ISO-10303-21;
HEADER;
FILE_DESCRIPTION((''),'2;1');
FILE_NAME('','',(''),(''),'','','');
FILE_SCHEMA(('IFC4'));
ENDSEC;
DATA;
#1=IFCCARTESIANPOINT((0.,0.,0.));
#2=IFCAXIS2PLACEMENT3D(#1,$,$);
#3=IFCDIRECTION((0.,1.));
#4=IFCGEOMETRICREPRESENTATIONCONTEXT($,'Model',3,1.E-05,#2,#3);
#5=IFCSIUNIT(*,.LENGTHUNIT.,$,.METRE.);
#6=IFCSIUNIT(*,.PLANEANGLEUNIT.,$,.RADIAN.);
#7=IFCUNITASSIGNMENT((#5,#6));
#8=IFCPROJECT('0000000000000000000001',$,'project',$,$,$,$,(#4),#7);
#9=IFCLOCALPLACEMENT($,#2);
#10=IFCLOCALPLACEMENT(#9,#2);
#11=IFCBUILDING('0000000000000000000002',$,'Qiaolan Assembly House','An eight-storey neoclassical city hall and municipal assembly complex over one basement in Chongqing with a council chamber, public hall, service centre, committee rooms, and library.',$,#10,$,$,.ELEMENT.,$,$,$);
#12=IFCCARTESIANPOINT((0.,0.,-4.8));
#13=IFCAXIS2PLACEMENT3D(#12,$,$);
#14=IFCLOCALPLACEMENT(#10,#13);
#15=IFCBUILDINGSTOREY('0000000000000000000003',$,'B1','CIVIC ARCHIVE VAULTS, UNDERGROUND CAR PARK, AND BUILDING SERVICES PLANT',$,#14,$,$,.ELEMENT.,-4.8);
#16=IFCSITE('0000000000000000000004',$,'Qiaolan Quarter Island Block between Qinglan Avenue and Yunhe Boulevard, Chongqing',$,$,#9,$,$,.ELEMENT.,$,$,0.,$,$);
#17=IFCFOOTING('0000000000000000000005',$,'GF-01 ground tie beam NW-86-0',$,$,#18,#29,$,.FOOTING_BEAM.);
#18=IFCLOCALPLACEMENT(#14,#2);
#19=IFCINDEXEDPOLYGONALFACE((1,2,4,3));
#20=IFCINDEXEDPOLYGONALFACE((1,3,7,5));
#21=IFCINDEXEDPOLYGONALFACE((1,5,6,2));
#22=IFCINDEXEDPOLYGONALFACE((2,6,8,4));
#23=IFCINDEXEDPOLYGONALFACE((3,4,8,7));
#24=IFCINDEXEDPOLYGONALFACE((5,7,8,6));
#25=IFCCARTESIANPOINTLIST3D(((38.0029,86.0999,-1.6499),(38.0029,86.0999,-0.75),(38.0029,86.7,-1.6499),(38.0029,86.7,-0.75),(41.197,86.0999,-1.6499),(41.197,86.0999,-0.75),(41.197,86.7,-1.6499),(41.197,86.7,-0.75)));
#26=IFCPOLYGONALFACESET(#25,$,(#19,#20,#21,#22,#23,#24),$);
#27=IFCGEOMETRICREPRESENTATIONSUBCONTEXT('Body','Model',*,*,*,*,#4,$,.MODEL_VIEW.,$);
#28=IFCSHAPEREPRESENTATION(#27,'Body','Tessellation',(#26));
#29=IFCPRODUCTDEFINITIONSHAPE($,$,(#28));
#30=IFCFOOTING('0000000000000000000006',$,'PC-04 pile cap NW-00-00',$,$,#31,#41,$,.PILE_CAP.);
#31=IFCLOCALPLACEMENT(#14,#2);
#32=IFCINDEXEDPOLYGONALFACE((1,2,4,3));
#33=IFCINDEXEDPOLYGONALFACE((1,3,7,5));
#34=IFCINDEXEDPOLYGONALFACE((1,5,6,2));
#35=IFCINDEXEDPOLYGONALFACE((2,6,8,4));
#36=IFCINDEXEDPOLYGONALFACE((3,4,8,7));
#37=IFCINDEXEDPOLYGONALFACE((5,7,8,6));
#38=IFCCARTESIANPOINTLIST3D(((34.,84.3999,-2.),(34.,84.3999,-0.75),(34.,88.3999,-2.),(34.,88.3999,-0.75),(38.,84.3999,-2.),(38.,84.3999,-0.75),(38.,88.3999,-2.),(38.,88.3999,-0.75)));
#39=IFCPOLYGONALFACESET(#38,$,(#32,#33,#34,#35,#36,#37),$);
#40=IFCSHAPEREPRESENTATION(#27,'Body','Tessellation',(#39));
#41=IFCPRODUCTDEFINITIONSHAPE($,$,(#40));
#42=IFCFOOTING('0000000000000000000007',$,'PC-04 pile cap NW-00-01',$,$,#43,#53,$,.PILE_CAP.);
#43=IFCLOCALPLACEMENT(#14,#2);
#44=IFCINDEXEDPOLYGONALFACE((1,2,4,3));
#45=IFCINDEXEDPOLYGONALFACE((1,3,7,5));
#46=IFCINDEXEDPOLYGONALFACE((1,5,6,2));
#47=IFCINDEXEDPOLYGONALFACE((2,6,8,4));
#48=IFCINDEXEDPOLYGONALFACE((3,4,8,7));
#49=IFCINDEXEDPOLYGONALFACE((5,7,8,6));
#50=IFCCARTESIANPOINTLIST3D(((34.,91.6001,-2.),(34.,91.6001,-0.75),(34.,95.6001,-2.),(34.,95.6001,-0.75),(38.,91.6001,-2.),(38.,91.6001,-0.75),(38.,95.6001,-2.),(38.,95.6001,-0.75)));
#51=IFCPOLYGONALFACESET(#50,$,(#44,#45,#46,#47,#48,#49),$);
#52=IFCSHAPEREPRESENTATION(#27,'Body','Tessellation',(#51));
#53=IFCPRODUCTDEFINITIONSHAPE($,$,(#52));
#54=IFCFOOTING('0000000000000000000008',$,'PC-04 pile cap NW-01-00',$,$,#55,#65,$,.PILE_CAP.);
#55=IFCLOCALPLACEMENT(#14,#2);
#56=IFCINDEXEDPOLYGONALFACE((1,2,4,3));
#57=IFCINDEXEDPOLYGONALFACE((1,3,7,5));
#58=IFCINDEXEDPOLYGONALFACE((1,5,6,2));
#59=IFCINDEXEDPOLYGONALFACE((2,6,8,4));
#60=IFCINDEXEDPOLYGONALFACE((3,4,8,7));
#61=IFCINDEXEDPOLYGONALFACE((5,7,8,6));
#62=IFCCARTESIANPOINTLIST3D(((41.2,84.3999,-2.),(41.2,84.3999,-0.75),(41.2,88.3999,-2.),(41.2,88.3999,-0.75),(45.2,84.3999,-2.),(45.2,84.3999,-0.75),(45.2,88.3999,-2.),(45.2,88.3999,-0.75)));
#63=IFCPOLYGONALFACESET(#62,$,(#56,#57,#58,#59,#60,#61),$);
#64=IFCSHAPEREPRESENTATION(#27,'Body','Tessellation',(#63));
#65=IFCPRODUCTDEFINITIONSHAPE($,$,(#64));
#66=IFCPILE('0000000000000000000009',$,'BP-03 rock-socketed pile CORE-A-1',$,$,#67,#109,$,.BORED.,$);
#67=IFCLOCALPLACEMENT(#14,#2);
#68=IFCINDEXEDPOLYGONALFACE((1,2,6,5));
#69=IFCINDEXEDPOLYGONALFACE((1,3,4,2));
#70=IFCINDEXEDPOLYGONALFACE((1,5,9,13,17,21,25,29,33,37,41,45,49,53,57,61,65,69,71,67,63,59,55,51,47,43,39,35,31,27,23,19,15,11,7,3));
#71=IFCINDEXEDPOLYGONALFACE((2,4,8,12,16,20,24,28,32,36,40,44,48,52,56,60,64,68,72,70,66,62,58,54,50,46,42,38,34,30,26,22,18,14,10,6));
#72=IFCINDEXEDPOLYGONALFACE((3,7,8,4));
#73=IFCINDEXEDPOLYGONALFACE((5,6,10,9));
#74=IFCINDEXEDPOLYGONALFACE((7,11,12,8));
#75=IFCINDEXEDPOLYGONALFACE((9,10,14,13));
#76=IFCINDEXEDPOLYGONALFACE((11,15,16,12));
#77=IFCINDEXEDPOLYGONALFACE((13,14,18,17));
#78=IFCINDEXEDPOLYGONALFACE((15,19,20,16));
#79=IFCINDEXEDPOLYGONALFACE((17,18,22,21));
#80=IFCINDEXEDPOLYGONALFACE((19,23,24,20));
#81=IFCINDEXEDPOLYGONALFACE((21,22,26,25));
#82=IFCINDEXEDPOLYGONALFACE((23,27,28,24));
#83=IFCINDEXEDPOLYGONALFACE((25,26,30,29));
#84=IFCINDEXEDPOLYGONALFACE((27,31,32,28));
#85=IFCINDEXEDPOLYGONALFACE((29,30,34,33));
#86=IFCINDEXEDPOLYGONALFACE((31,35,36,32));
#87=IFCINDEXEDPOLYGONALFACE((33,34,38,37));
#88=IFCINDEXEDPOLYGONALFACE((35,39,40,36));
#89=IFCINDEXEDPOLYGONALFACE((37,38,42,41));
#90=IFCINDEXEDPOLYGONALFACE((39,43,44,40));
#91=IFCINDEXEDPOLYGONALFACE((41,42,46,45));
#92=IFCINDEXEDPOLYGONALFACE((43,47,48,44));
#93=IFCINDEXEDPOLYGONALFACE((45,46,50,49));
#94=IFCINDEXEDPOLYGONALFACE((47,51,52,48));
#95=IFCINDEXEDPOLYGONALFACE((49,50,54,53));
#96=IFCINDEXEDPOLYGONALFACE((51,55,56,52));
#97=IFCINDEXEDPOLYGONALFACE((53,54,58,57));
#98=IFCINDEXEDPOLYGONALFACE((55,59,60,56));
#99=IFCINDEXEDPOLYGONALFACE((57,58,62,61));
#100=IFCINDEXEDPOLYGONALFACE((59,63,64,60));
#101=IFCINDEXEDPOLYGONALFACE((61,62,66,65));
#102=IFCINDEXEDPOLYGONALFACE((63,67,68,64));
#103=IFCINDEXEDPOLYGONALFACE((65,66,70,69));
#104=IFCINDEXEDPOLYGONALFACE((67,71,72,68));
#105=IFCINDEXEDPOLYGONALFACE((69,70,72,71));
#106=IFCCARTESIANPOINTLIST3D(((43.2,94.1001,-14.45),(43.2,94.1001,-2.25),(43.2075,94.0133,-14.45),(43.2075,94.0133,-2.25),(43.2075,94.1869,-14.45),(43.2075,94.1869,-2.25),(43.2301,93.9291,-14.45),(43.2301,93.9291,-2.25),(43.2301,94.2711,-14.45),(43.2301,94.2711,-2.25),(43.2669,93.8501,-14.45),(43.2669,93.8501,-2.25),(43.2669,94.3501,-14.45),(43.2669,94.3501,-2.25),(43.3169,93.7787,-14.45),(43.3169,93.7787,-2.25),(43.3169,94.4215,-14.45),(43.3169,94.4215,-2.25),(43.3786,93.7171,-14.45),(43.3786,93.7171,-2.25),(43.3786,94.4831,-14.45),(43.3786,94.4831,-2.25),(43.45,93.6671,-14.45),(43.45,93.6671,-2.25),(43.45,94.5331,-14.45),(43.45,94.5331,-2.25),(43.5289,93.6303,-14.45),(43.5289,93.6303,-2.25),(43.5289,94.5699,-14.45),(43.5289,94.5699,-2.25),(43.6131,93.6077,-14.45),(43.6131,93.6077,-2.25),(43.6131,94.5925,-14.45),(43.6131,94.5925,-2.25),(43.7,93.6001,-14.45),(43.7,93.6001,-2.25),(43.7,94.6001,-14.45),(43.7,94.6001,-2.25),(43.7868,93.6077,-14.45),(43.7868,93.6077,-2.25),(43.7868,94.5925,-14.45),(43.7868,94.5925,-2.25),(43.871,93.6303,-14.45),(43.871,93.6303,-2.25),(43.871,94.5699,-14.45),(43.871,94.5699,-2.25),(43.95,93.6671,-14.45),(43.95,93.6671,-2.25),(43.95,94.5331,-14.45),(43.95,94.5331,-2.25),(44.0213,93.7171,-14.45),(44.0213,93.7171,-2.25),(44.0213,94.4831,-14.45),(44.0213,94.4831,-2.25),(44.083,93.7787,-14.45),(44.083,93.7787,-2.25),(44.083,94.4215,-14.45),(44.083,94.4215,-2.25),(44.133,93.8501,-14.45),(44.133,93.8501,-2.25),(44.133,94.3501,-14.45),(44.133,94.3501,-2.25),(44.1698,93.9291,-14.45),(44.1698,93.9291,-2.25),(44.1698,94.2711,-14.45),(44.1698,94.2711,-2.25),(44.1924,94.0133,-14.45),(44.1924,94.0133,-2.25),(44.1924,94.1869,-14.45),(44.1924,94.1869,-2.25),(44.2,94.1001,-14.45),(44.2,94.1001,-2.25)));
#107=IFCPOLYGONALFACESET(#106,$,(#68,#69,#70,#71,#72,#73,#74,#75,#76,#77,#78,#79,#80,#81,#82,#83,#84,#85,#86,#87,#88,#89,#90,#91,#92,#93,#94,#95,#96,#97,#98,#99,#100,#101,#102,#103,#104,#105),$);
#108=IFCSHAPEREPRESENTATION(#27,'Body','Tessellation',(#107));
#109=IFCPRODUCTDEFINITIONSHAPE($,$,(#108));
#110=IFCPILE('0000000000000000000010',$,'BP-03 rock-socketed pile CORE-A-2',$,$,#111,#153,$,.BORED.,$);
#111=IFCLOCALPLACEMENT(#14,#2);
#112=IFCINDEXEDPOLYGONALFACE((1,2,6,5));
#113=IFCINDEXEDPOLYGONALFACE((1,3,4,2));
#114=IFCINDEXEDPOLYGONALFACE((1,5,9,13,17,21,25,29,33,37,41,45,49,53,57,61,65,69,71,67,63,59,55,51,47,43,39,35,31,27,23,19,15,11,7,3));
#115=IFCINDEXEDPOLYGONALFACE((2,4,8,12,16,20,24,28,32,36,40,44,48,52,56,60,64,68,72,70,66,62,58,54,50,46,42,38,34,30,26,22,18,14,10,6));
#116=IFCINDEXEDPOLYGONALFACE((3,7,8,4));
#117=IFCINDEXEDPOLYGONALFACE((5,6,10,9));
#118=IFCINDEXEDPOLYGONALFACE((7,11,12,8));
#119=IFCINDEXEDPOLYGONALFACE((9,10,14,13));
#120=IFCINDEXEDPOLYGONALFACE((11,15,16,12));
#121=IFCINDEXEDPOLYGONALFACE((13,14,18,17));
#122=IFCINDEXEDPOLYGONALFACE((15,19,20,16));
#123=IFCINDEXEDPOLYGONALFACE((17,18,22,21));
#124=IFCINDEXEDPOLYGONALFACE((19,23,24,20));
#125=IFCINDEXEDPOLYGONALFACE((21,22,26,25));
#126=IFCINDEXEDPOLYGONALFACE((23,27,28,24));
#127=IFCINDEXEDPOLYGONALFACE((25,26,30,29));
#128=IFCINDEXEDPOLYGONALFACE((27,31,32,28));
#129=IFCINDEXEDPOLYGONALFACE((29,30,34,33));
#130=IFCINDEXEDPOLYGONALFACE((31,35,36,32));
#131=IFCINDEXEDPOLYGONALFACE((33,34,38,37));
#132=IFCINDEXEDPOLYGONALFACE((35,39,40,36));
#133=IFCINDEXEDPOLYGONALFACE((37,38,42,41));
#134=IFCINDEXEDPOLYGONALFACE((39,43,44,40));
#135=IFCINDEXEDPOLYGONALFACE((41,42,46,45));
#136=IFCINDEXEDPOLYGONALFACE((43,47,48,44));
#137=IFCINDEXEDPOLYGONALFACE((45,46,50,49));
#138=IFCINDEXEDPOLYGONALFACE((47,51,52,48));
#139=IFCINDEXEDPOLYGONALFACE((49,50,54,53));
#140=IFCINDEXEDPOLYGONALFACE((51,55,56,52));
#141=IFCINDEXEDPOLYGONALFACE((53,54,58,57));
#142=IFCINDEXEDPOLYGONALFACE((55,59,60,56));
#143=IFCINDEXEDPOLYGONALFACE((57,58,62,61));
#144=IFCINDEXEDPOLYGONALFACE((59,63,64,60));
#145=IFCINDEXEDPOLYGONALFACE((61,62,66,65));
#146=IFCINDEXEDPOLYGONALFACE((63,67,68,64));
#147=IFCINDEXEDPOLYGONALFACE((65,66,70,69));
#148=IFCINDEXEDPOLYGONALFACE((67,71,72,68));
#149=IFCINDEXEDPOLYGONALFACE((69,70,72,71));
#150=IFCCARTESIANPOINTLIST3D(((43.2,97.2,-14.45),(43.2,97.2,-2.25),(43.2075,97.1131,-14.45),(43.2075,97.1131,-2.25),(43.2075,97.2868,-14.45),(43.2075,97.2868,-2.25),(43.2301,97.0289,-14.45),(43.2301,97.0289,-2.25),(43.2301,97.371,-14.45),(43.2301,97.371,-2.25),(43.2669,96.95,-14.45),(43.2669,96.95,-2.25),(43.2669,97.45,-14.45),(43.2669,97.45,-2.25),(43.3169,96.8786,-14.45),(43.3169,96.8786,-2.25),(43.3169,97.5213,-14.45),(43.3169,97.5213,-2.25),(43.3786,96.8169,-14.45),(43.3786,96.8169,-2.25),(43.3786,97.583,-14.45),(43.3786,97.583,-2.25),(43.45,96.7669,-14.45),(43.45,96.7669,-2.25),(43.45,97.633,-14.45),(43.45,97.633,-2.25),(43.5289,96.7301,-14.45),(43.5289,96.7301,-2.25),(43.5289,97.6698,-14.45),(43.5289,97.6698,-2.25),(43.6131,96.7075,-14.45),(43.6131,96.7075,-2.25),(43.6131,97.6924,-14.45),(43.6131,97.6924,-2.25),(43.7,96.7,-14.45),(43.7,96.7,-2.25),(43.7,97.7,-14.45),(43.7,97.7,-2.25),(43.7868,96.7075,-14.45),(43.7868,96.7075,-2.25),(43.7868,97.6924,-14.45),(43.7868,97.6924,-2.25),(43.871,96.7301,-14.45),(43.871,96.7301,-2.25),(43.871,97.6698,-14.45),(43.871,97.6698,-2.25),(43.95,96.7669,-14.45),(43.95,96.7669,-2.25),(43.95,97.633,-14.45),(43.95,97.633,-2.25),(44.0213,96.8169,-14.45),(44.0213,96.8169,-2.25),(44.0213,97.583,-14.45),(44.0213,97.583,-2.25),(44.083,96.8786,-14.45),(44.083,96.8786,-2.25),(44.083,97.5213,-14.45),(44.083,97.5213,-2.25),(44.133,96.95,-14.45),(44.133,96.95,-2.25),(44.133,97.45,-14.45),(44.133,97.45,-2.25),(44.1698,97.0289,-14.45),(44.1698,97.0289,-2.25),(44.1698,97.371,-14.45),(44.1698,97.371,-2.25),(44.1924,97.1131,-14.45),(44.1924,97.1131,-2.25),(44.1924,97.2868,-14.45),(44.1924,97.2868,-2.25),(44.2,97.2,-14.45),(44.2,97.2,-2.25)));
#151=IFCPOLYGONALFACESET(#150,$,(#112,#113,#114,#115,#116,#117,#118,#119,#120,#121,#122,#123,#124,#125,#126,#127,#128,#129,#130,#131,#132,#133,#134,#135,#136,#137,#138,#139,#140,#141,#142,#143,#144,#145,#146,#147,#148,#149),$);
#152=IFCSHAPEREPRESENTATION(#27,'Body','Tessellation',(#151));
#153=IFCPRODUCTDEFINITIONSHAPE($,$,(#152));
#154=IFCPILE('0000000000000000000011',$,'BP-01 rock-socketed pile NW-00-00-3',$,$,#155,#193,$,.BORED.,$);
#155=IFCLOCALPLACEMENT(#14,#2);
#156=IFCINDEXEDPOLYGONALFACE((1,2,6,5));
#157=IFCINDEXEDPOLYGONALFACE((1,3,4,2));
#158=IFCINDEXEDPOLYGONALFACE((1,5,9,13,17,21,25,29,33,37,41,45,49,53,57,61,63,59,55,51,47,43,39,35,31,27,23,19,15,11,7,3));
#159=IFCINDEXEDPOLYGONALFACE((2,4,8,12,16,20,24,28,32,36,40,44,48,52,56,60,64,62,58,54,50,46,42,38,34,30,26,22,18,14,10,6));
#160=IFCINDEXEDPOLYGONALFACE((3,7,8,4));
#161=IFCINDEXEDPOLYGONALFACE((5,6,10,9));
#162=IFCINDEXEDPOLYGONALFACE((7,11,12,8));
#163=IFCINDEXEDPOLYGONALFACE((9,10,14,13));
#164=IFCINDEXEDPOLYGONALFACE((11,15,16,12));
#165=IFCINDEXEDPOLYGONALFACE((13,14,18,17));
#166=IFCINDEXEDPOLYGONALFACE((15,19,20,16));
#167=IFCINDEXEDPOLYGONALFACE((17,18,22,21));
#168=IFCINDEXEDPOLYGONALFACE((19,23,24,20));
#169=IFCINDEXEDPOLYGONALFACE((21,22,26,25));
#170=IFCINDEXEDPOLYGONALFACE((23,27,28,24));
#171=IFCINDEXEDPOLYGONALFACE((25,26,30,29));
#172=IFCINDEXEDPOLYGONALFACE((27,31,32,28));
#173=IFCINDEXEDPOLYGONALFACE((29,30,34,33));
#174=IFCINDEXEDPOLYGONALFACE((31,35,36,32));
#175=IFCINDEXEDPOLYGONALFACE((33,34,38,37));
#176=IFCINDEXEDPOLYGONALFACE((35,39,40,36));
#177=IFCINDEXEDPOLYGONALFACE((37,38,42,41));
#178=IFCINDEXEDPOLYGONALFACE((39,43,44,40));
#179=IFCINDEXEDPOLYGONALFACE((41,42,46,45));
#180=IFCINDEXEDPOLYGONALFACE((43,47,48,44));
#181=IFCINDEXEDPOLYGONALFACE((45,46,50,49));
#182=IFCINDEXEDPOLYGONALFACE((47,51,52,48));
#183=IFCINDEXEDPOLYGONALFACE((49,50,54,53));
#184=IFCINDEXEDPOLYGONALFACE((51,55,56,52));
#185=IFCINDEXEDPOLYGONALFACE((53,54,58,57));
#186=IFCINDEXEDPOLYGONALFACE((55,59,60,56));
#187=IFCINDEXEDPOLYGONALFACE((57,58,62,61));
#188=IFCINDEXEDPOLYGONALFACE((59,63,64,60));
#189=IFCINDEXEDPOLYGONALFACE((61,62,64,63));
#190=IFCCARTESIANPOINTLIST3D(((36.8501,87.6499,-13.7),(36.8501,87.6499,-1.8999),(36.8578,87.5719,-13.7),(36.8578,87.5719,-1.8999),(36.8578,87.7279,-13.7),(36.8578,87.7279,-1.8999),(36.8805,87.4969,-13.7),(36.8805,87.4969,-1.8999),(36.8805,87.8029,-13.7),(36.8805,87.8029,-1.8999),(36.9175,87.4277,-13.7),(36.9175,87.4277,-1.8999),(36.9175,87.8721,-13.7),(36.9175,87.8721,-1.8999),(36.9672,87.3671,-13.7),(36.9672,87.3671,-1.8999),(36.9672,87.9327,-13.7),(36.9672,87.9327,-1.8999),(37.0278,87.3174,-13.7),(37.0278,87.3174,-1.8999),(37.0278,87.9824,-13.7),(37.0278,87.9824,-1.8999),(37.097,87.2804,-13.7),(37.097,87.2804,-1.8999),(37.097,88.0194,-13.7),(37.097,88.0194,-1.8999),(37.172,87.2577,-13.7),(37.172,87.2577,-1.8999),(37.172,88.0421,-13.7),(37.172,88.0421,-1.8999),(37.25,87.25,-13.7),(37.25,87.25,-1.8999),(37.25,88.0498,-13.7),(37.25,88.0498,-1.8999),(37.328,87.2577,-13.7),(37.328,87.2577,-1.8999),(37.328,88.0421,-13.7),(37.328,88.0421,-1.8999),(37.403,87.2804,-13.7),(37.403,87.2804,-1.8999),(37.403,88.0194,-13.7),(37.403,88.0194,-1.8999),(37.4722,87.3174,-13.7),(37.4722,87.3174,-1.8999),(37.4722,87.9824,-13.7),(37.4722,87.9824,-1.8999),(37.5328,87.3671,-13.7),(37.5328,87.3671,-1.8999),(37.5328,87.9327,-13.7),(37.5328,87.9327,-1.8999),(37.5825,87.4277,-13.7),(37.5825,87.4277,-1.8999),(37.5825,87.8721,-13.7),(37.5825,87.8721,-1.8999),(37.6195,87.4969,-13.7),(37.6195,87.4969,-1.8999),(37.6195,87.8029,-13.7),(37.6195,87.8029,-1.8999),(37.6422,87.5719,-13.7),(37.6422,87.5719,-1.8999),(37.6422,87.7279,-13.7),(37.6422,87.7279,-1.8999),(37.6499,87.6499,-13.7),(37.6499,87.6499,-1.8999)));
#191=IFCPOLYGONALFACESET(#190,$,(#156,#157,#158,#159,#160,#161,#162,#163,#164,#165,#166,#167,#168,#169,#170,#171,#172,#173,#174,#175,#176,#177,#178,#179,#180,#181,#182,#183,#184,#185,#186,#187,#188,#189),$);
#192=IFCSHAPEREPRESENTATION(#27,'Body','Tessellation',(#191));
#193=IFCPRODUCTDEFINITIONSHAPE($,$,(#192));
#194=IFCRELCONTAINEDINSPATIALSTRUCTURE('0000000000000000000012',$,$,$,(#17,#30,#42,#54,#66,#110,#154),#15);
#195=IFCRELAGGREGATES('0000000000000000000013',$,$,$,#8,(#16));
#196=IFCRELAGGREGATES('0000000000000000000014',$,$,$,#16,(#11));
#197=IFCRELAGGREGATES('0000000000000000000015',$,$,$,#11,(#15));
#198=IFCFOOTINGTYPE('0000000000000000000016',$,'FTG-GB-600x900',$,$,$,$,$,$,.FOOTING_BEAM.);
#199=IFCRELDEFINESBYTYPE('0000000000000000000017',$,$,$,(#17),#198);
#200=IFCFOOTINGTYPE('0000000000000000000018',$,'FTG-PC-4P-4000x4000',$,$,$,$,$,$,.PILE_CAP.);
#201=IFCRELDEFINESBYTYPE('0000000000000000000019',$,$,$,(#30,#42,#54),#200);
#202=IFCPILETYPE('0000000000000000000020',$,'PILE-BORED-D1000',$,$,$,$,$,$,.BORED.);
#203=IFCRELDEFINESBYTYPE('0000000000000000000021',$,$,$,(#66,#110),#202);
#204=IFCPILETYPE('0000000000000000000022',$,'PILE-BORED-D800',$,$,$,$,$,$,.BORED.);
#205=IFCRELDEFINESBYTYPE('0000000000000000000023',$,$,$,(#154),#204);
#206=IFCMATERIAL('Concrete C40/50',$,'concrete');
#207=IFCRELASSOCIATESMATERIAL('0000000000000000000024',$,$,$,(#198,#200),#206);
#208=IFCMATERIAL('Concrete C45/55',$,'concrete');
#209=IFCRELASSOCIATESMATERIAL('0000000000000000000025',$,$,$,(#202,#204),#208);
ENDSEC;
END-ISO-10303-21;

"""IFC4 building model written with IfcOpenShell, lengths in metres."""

from ifc_helpers import new_model, si_unit, direction, frame, origin, origin_2d, place, context, subcontext, project, spatial, rectangle, circle, extrude, material, material_profile, profile_set, type_object, element, save


model = new_model("IFC4")

# Units and contexts
model_context = context("Model", 3, precision=1e-05, world=origin(), true_north=direction((0.0, 1.0)))
body_context = subcontext(model_context, "Body", "Model", "MODEL_VIEW")
ifc_project = project(units=[si_unit("LENGTHUNIT", "METRE"), si_unit("PLANEANGLEUNIT", "RADIAN")], contexts=[model_context])

# Site, building, storey
site_placement = place(None, origin())
site = spatial("IfcSite", under=ifc_project, at=site_placement, Name="Qiaolan Quarter Island Block between Qinglan Avenue and Yunhe Boulevard, Chongqing", CompositionType="ELEMENT", RefElevation=0.0)
building_placement = place(site_placement, origin())
building = spatial("IfcBuilding", under=site, at=building_placement, Name="Qiaolan Assembly House", Description="An eight-storey neoclassical city hall and municipal assembly complex over one basement in Chongqing with a council chamber, public hall, service centre, committee rooms, and library.", CompositionType="ELEMENT")
storey_placement = place(building_placement, frame((0.0, 0.0, -4.8)))
storey = spatial("IfcBuildingStorey", under=building, at=storey_placement, Name="B1", Description="CIVIC ARCHIVE VAULTS, UNDERGROUND CAR PARK, AND BUILDING SERVICES PLANT", CompositionType="ELEMENT", Elevation=-4.8)

# Footings
ifc_material_1 = material(Name="Concrete C40/50", Category="concrete")
ifc_material_profile_1 = material_profile(ifc_material_1, rectangle(XDim=0.6001, YDim=0.8999, at=origin_2d()), Name="GF 600x900")
ifc_profile_set_1 = profile_set([ifc_material_profile_1], Name="Concrete C40/50")
footing_type_1 = type_object("IfcFootingType", Name="FTG-GB-600x900", PredefinedType="FOOTING_BEAM", material=ifc_profile_set_1)
footing_placement = place(storey_placement, frame((38.0029, 86.3999, -1.2), z_axis=(1.0, 0.0, 0.0), x_axis=(0.0, 1.0, 0.0)))
element("IfcFooting", 1, at=footing_placement, inside=storey, type_object=footing_type_1, Name="GF-01 ground tie beam NW-86-0", PredefinedType="FOOTING_BEAM", context=body_context, shape_type="SweptSolid", body=[
    extrude(rectangle(XDim=0.6001, YDim=0.8999, at=origin_2d()), origin(), (0.0, 0.0, 1.0), 3.1941),
])
footing_type_2 = type_object("IfcFootingType", Name="FTG-PC-4P-4000x4000", PredefinedType="PILE_CAP", material=ifc_material_1)
for number, where, z_axis, x_axis, name in (
    (2, (36.0, 86.3999, -2.0), (0.0, 0.0, 1.0), (1.0, 0.0, 0.0), "PC-04 pile cap NW-00-00"),
    (3, (36.0, 93.6001, -2.0), (0.0, 0.0, 1.0), (1.0, 0.0, 0.0), "PC-04 pile cap NW-00-01"),
    (4, (43.2, 86.3999, -2.0), (0.0, 0.0, 1.0), (1.0, 0.0, 0.0), "PC-04 pile cap NW-01-00"),
):
    element("IfcFooting", number, at=place(storey_placement, frame(where, z_axis=z_axis, x_axis=x_axis)), inside=storey, type_object=footing_type_2, Name=name, PredefinedType="PILE_CAP", context=body_context, shape_type="SweptSolid", body=[
        extrude(rectangle(XDim=4.0, YDim=4.0, at=origin_2d()), origin(), (0.0, 0.0, 1.0), 1.25),
    ])

# Piles
ifc_material_2 = material(Name="Concrete C45/55", Category="concrete")
ifc_material_profile_2 = material_profile(ifc_material_2, circle(Radius=0.5, at=origin_2d()), Name="PILE D1000")
ifc_profile_set_2 = profile_set([ifc_material_profile_2], Name="Concrete C45/55")
pile_type_1 = type_object("IfcPileType", Name="PILE-BORED-D1000", PredefinedType="BORED", material=ifc_profile_set_2)
for number, where, z_axis, x_axis, name in (
    (5, (43.7, 94.1001, -2.25), (0.0, 0.0, -1.0), (1.0, 0.0, 0.0), "BP-03 rock-socketed pile CORE-A-1"),
    (6, (43.7, 97.2, -2.25), (0.0, 0.0, -1.0), (1.0, 0.0, 0.0), "BP-03 rock-socketed pile CORE-A-2"),
):
    element("IfcPile", number, at=place(storey_placement, frame(where, z_axis=z_axis, x_axis=x_axis)), inside=storey, type_object=pile_type_1, Name=name, PredefinedType="BORED", context=body_context, shape_type="SweptSolid", body=[
        extrude(circle(Radius=0.5, at=origin_2d()), origin(), (0.0, 0.0, 1.0), 12.2),
    ])
ifc_material_profile_3 = material_profile(ifc_material_2, circle(Radius=0.3999, at=origin_2d()), Name="PILE D800")
ifc_profile_set_3 = profile_set([ifc_material_profile_3], Name="Concrete C45/55")
pile_type_2 = type_object("IfcPileType", Name="PILE-BORED-D800", PredefinedType="BORED", material=ifc_profile_set_3)
for number, where, z_axis, x_axis, name in (
    (7, (37.25, 87.6499, -1.8999), (0.0, 0.0, -1.0), (1.0, 0.0, 0.0), "BP-01 rock-socketed pile NW-00-00-3"),
):
    element("IfcPile", number, at=place(storey_placement, frame(where, z_axis=z_axis, x_axis=x_axis)), inside=storey, type_object=pile_type_2, Name=name, PredefinedType="BORED", context=body_context, shape_type="SweptSolid", body=[
        extrude(circle(Radius=0.3999, at=origin_2d()), origin(), (0.0, 0.0, 1.0), 11.8),
    ])

save(model, "model.ifc")
